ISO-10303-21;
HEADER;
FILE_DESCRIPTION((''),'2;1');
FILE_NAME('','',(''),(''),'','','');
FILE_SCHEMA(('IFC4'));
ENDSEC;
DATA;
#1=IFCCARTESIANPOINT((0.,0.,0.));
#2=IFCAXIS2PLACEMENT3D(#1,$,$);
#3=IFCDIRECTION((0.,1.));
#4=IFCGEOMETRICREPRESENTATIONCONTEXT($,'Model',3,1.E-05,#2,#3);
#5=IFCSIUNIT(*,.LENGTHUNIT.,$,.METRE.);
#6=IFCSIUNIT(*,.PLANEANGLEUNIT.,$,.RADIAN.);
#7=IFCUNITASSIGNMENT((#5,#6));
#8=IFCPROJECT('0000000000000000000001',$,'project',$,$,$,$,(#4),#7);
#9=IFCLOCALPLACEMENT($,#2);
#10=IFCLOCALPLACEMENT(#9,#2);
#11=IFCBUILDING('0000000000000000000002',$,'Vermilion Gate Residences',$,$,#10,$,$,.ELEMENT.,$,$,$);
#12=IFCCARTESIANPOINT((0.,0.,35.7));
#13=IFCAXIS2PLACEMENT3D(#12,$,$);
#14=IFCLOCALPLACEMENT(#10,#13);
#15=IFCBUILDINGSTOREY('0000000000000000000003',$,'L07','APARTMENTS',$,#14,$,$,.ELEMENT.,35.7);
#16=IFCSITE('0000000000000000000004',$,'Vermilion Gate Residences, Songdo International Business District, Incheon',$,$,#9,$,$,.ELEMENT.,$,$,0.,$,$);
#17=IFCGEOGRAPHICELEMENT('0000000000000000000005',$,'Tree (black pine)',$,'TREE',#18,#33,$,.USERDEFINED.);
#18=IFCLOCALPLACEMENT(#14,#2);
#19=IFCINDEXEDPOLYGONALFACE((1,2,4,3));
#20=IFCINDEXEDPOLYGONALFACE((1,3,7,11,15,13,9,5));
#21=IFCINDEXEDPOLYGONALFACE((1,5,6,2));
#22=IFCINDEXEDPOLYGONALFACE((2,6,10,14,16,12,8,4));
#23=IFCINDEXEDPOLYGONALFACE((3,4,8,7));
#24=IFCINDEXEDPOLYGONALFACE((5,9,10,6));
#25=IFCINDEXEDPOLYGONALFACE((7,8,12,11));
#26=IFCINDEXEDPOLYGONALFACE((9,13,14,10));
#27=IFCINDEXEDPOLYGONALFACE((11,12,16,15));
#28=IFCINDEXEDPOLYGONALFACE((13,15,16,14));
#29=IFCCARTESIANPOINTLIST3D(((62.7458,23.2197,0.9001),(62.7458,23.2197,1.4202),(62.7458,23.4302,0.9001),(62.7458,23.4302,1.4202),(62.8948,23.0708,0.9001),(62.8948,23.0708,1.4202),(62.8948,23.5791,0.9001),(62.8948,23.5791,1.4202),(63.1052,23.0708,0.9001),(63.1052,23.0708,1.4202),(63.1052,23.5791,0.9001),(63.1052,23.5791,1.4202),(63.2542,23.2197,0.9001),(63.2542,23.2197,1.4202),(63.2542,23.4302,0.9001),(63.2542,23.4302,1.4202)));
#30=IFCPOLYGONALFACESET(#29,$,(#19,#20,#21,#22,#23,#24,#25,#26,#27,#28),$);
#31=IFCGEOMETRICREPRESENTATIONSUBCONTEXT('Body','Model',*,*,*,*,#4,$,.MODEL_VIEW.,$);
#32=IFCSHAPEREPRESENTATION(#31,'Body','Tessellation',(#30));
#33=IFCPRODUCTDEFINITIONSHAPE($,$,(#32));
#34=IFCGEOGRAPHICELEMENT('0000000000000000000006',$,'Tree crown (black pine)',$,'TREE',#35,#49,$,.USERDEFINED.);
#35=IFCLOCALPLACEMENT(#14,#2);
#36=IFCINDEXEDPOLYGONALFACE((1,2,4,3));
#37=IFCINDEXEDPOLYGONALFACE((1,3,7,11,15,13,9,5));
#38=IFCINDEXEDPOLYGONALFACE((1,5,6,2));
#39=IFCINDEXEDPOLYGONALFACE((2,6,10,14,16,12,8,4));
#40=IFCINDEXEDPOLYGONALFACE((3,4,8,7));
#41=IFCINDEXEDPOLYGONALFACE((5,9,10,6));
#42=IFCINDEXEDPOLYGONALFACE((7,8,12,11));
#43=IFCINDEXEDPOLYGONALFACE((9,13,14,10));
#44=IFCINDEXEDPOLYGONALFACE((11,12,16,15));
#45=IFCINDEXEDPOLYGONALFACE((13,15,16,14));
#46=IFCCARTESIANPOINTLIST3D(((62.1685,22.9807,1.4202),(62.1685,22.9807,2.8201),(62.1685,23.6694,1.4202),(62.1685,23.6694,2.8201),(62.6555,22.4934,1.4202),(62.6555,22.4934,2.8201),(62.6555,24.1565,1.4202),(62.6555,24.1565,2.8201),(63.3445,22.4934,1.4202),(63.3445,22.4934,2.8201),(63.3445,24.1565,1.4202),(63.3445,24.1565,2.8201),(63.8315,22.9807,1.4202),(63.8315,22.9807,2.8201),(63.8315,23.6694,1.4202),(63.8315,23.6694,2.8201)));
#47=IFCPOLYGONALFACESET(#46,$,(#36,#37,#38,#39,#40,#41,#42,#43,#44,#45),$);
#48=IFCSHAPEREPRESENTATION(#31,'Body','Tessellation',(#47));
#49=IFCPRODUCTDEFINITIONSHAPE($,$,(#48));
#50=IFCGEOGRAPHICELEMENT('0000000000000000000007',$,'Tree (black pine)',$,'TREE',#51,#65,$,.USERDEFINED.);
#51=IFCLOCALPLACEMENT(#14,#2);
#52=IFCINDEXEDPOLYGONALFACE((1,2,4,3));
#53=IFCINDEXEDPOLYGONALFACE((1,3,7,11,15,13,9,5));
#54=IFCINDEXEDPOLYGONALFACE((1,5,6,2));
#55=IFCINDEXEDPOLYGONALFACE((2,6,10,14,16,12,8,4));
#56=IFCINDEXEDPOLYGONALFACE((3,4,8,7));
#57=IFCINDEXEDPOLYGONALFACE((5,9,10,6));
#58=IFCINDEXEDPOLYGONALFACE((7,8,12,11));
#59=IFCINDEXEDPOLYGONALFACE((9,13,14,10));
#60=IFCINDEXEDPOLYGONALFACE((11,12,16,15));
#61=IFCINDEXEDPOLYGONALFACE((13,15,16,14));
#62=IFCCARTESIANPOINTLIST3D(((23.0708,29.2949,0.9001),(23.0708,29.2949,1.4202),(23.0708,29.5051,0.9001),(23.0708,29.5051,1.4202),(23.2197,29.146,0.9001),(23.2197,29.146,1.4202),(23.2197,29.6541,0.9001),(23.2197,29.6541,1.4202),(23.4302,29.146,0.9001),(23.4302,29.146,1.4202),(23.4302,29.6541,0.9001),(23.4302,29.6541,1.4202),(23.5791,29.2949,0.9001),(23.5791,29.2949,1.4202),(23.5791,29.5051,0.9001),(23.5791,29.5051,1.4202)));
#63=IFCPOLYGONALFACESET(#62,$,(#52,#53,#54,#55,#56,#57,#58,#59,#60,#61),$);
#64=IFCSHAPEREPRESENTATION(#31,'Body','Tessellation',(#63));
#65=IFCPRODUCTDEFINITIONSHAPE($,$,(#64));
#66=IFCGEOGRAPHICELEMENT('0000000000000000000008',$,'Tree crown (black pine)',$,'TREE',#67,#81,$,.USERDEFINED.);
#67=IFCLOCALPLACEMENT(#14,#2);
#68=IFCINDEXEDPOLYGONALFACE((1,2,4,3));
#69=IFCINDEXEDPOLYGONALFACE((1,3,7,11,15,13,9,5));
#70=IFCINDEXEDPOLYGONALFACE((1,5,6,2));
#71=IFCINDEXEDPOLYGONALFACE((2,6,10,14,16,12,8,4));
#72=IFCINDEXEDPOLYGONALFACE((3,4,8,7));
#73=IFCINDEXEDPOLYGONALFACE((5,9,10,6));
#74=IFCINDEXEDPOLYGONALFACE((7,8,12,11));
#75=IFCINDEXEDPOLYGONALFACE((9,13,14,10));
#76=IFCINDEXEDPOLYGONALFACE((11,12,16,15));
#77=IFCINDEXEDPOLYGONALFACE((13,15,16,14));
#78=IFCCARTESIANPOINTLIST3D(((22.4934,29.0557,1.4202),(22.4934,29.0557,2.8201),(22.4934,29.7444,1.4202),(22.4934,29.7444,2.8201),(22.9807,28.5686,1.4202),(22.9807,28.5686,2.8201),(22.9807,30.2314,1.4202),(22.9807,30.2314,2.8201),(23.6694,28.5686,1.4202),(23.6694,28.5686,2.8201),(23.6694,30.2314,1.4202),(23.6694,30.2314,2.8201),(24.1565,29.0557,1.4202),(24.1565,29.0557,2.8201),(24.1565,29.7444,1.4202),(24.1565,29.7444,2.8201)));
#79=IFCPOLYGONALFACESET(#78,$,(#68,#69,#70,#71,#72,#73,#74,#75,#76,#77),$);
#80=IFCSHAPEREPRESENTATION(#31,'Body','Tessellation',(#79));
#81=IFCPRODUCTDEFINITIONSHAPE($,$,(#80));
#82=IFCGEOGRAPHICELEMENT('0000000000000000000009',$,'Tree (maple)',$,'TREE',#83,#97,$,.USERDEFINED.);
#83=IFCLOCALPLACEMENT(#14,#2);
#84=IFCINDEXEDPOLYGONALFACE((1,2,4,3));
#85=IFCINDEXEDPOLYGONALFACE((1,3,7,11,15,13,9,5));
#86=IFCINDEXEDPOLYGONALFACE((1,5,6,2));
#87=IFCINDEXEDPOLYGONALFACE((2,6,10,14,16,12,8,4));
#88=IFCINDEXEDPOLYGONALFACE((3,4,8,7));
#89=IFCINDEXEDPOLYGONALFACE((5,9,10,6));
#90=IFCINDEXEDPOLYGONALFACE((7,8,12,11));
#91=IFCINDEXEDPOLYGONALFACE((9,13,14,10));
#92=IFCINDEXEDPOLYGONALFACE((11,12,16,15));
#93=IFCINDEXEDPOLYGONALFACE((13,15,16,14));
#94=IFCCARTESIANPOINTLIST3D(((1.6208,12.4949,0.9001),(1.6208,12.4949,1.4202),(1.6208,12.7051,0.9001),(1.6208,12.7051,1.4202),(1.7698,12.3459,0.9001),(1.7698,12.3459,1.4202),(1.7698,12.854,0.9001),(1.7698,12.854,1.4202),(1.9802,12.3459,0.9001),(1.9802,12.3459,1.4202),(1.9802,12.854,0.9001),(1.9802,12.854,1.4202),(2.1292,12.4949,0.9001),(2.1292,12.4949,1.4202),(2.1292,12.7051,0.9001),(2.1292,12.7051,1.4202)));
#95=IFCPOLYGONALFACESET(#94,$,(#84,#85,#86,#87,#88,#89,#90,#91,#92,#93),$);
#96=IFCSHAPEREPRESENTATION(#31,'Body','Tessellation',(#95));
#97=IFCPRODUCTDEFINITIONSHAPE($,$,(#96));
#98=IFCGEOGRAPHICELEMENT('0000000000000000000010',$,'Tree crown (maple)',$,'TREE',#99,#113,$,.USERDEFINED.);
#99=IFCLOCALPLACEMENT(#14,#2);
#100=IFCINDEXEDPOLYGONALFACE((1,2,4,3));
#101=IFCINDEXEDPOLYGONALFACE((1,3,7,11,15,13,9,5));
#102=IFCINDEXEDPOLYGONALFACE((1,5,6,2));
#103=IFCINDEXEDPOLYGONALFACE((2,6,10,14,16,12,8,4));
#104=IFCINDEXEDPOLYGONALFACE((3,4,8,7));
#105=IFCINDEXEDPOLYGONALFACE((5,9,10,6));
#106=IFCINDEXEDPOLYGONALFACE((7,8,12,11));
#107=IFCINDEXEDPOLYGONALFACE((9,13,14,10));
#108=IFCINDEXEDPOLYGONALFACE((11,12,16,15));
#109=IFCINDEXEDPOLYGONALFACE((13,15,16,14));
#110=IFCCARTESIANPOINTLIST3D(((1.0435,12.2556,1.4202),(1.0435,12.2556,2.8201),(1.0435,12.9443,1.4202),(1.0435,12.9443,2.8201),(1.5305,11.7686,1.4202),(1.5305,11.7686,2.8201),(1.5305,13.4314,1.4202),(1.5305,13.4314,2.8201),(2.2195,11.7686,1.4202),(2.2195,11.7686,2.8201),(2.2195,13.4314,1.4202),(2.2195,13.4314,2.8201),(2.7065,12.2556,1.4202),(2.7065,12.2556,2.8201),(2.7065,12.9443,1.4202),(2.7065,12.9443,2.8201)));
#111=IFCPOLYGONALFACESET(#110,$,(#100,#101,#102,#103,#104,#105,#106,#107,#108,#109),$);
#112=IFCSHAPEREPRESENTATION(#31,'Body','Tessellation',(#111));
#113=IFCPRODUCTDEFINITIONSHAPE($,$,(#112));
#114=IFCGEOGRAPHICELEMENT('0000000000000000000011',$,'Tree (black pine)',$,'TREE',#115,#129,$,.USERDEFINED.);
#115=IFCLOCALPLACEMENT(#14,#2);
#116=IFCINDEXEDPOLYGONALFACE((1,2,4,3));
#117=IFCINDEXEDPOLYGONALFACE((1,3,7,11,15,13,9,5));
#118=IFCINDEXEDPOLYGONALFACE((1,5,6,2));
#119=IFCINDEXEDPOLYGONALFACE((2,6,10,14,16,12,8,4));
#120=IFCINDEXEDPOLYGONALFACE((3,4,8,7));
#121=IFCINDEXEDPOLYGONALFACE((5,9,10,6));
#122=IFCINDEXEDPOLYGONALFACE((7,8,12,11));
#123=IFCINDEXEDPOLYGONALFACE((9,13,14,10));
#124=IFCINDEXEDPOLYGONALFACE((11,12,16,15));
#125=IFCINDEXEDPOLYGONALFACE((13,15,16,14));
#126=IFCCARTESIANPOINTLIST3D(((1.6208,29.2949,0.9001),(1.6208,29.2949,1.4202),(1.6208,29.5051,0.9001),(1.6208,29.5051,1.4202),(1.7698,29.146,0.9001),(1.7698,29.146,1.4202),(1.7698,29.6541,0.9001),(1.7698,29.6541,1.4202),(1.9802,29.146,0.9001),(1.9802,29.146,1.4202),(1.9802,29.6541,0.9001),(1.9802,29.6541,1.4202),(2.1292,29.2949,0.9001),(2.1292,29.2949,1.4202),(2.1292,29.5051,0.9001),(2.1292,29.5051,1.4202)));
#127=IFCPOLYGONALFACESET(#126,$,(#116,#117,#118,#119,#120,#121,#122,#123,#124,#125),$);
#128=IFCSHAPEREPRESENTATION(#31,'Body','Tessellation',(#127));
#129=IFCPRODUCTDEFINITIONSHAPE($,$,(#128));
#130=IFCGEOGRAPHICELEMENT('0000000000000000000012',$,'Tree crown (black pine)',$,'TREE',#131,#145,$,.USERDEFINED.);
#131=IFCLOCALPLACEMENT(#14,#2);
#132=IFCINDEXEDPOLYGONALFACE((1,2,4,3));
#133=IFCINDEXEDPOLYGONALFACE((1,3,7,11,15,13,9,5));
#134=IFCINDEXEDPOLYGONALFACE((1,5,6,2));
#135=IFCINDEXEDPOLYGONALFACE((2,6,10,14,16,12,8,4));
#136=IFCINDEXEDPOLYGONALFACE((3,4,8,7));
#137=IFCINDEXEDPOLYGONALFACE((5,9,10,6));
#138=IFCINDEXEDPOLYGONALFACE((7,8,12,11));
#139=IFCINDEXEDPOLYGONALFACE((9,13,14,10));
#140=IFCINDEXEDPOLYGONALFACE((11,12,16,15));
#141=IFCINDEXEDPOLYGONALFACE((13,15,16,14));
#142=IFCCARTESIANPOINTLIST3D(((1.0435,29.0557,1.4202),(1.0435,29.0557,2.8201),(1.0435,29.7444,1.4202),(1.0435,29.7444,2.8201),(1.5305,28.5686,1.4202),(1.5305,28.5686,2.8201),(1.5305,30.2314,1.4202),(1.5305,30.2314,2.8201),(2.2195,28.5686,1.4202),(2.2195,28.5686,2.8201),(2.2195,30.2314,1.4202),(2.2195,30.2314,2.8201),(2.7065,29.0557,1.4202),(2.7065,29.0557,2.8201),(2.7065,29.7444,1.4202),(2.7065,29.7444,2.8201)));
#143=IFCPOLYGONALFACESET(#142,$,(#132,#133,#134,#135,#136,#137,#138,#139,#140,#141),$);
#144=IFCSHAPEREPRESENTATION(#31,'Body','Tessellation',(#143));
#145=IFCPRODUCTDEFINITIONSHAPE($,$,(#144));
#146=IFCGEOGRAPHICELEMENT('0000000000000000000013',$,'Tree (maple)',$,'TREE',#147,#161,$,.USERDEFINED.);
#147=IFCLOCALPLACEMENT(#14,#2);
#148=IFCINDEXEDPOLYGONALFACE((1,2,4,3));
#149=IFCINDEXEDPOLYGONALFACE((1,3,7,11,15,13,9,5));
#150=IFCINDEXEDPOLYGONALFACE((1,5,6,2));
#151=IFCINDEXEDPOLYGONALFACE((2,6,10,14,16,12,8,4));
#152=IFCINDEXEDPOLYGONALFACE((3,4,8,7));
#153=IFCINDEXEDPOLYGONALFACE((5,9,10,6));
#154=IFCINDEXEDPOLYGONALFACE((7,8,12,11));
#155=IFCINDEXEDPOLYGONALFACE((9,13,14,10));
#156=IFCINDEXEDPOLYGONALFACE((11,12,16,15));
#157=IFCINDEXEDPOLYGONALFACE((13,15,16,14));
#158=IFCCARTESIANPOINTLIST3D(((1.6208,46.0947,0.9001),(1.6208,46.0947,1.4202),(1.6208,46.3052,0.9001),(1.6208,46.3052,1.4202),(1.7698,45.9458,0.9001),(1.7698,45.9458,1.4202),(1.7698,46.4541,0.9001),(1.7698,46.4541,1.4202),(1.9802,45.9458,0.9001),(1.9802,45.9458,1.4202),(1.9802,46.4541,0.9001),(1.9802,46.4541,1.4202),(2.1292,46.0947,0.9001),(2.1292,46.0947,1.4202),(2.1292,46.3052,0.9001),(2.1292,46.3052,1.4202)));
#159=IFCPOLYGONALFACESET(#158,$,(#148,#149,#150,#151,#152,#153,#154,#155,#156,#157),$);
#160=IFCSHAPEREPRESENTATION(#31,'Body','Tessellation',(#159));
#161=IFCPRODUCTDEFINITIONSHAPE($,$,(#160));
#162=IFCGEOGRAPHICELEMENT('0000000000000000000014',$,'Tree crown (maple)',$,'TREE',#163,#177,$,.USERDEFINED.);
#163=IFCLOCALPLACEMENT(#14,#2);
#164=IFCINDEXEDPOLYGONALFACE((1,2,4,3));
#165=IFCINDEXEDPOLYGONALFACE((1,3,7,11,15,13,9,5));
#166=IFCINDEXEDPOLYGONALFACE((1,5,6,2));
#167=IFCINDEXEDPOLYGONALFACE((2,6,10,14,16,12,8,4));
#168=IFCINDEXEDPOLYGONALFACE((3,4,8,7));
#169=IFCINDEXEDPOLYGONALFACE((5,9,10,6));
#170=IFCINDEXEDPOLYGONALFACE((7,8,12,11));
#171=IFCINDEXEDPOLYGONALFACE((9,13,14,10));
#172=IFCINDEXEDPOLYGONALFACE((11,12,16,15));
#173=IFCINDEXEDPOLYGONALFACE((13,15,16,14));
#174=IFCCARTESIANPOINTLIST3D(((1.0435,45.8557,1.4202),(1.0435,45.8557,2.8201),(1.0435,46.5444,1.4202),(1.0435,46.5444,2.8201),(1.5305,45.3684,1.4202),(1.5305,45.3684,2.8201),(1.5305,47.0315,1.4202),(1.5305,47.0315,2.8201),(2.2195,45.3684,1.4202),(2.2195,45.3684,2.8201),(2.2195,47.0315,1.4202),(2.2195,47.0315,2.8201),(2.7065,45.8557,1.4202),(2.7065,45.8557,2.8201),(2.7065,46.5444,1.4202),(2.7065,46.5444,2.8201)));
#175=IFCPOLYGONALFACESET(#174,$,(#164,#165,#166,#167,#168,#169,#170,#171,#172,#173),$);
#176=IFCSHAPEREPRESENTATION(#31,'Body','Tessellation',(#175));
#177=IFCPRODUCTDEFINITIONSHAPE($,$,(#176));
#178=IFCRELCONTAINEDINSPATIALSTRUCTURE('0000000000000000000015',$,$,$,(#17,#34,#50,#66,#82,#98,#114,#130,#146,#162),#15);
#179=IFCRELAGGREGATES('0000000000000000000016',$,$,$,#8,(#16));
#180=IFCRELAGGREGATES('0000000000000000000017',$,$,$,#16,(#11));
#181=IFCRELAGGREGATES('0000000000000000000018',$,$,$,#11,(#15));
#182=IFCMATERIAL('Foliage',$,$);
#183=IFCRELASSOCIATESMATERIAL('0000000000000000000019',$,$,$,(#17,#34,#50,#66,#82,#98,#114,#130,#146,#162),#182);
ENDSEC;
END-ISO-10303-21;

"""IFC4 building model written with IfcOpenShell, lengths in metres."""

from ifc_helpers import new_model, si_unit, direction, frame, origin, place, context, subcontext, project, spatial, polyline, outline, extrude, material, element, save


model = new_model("IFC4")

# Units and contexts
model_context = context("Model", 3, precision=1e-05, world=origin(), true_north=direction((0.0, 1.0)))
body_context = subcontext(model_context, "Body", "Model", "MODEL_VIEW")
ifc_project = project(units=[si_unit("LENGTHUNIT", "METRE"), si_unit("PLANEANGLEUNIT", "RADIAN")], contexts=[model_context])

# Site, building, storey
site_placement = place(None, origin())
site = spatial("IfcSite", under=ifc_project, at=site_placement, Name="Vermilion Gate Residences, Songdo International Business District, Incheon", CompositionType="ELEMENT", RefElevation=0.0)
building_placement = place(site_placement, origin())
building = spatial("IfcBuilding", under=site, at=building_placement, Name="Vermilion Gate Residences", CompositionType="ELEMENT")
storey_placement = place(building_placement, frame((0.0, 0.0, 35.7)))
storey = spatial("IfcBuildingStorey", under=building, at=storey_placement, Name="L07", Description="APARTMENTS", CompositionType="ELEMENT", Elevation=35.7)

# Geographic elements
ifc_material_1 = material(Name="Foliage")
geographic_element_1_placement = place(storey_placement, frame((0.0, 0.0, 0.9001)))
element("IfcGeographicElement", 1, at=geographic_element_1_placement, inside=storey, material=ifc_material_1, Name="Tree (black pine)", ObjectType="TREE", PredefinedType="USERDEFINED", context=body_context, shape_type="SweptSolid", body=[
    extrude(outline(polyline([(63.2542, 23.4302), (63.1052, 23.5791), (62.8948, 23.5791), (62.7458, 23.4302), (62.7458, 23.2197), (62.8948, 23.0708), (63.1052, 23.0708), (63.2542, 23.2197), (63.2542, 23.4302)])), origin(), (0.0, 0.0, 1.0), 0.52),
])
geographic_element_2_placement = place(storey_placement, frame((0.0, 0.0, 1.4202)))
element("IfcGeographicElement", 2, at=geographic_element_2_placement, inside=storey, material=ifc_material_1, Name="Tree crown (black pine)", ObjectType="TREE", PredefinedType="USERDEFINED", context=body_context, shape_type="SweptSolid", body=[
    extrude(outline(polyline([(63.8315, 23.6694), (63.3445, 24.1565), (62.6555, 24.1565), (62.1685, 23.6694), (62.1685, 22.9807), (62.6555, 22.4934), (63.3445, 22.4934), (63.8315, 22.9807), (63.8315, 23.6694)])), origin(), (0.0, 0.0, 1.0), 1.3999),
])
geographic_element_3_placement = place(storey_placement, frame((0.0, 0.0, 0.9001)))
element("IfcGeographicElement", 3, at=geographic_element_3_placement, inside=storey, material=ifc_material_1, Name="Tree (black pine)", ObjectType="TREE", PredefinedType="USERDEFINED", context=body_context, shape_type="SweptSolid", body=[
    extrude(outline(polyline([(23.5791, 29.5051), (23.4302, 29.6541), (23.2197, 29.6541), (23.0708, 29.5051), (23.0708, 29.2949), (23.2197, 29.146), (23.4302, 29.146), (23.5791, 29.2949), (23.5791, 29.5051)])), origin(), (0.0, 0.0, 1.0), 0.52),
])
geographic_element_4_placement = place(storey_placement, frame((0.0, 0.0, 1.4202)))
element("IfcGeographicElement", 4, at=geographic_element_4_placement, inside=storey, material=ifc_material_1, Name="Tree crown (black pine)", ObjectType="TREE", PredefinedType="USERDEFINED", context=body_context, shape_type="SweptSolid", body=[
    extrude(outline(polyline([(24.1565, 29.7444), (23.6694, 30.2314), (22.9807, 30.2314), (22.4934, 29.7444), (22.4934, 29.0557), (22.9807, 28.5686), (23.6694, 28.5686), (24.1565, 29.0557), (24.1565, 29.7444)])), origin(), (0.0, 0.0, 1.0), 1.3999),
])
geographic_element_5_placement = place(storey_placement, frame((0.0, 0.0, 0.9001)))
element("IfcGeographicElement", 5, at=geographic_element_5_placement, inside=storey, material=ifc_material_1, Name="Tree (maple)", ObjectType="TREE", PredefinedType="USERDEFINED", context=body_context, shape_type="SweptSolid", body=[
    extrude(outline(polyline([(2.1292, 12.7051), (1.9802, 12.854), (1.7698, 12.854), (1.6208, 12.7051), (1.6208, 12.4949), (1.7698, 12.3459), (1.9802, 12.3459), (2.1292, 12.4949), (2.1292, 12.7051)])), origin(), (0.0, 0.0, 1.0), 0.52),
])
geographic_element_6_placement = place(storey_placement, frame((0.0, 0.0, 1.4202)))
element("IfcGeographicElement", 6, at=geographic_element_6_placement, inside=storey, material=ifc_material_1, Name="Tree crown (maple)", ObjectType="TREE", PredefinedType="USERDEFINED", context=body_context, shape_type="SweptSolid", body=[
    extrude(outline(polyline([(2.7065, 12.9443), (2.2195, 13.4314), (1.5305, 13.4314), (1.0435, 12.9443), (1.0435, 12.2556), (1.5305, 11.7686), (2.2195, 11.7686), (2.7065, 12.2556), (2.7065, 12.9443)])), origin(), (0.0, 0.0, 1.0), 1.3999),
])
geographic_element_7_placement = place(storey_placement, frame((0.0, 0.0, 0.9001)))
element("IfcGeographicElement", 7, at=geographic_element_7_placement, inside=storey, material=ifc_material_1, Name="Tree (black pine)", ObjectType="TREE", PredefinedType="USERDEFINED", context=body_context, shape_type="SweptSolid", body=[
    extrude(outline(polyline([(2.1292, 29.5051), (1.9802, 29.6541), (1.7698, 29.6541), (1.6208, 29.5051), (1.6208, 29.2949), (1.7698, 29.146), (1.9802, 29.146), (2.1292, 29.2949), (2.1292, 29.5051)])), origin(), (0.0, 0.0, 1.0), 0.52),
])
geographic_element_8_placement = place(storey_placement, frame((0.0, 0.0, 1.4202)))
element("IfcGeographicElement", 8, at=geographic_element_8_placement, inside=storey, material=ifc_material_1, Name="Tree crown (black pine)", ObjectType="TREE", PredefinedType="USERDEFINED", context=body_context, shape_type="SweptSolid", body=[
    extrude(outline(polyline([(2.7065, 29.7444), (2.2195, 30.2314), (1.5305, 30.2314), (1.0435, 29.7444), (1.0435, 29.0557), (1.5305, 28.5686), (2.2195, 28.5686), (2.7065, 29.0557), (2.7065, 29.7444)])), origin(), (0.0, 0.0, 1.0), 1.3999),
])
geographic_element_9_placement = place(storey_placement, frame((0.0, 0.0, 0.9001)))
element("IfcGeographicElement", 9, at=geographic_element_9_placement, inside=storey, material=ifc_material_1, Name="Tree (maple)", ObjectType="TREE", PredefinedType="USERDEFINED", context=body_context, shape_type="SweptSolid", body=[
    extrude(outline(polyline([(2.1292, 46.3052), (1.9802, 46.4541), (1.7698, 46.4541), (1.6208, 46.3052), (1.6208, 46.0947), (1.7698, 45.9458), (1.9802, 45.9458), (2.1292, 46.0947), (2.1292, 46.3052)])), origin(), (0.0, 0.0, 1.0), 0.52),
])
geographic_element_10_placement = place(storey_placement, frame((0.0, 0.0, 1.4202)))
element("IfcGeographicElement", 10, at=geographic_element_10_placement, inside=storey, material=ifc_material_1, Name="Tree crown (maple)", ObjectType="TREE", PredefinedType="USERDEFINED", context=body_context, shape_type="SweptSolid", body=[
    extrude(outline(polyline([(2.7065, 46.5444), (2.2195, 47.0315), (1.5305, 47.0315), (1.0435, 46.5444), (1.0435, 45.8557), (1.5305, 45.3684), (2.2195, 45.3684), (2.7065, 45.8557), (2.7065, 46.5444)])), origin(), (0.0, 0.0, 1.0), 1.3999),
])

save(model, "model.ifc")
